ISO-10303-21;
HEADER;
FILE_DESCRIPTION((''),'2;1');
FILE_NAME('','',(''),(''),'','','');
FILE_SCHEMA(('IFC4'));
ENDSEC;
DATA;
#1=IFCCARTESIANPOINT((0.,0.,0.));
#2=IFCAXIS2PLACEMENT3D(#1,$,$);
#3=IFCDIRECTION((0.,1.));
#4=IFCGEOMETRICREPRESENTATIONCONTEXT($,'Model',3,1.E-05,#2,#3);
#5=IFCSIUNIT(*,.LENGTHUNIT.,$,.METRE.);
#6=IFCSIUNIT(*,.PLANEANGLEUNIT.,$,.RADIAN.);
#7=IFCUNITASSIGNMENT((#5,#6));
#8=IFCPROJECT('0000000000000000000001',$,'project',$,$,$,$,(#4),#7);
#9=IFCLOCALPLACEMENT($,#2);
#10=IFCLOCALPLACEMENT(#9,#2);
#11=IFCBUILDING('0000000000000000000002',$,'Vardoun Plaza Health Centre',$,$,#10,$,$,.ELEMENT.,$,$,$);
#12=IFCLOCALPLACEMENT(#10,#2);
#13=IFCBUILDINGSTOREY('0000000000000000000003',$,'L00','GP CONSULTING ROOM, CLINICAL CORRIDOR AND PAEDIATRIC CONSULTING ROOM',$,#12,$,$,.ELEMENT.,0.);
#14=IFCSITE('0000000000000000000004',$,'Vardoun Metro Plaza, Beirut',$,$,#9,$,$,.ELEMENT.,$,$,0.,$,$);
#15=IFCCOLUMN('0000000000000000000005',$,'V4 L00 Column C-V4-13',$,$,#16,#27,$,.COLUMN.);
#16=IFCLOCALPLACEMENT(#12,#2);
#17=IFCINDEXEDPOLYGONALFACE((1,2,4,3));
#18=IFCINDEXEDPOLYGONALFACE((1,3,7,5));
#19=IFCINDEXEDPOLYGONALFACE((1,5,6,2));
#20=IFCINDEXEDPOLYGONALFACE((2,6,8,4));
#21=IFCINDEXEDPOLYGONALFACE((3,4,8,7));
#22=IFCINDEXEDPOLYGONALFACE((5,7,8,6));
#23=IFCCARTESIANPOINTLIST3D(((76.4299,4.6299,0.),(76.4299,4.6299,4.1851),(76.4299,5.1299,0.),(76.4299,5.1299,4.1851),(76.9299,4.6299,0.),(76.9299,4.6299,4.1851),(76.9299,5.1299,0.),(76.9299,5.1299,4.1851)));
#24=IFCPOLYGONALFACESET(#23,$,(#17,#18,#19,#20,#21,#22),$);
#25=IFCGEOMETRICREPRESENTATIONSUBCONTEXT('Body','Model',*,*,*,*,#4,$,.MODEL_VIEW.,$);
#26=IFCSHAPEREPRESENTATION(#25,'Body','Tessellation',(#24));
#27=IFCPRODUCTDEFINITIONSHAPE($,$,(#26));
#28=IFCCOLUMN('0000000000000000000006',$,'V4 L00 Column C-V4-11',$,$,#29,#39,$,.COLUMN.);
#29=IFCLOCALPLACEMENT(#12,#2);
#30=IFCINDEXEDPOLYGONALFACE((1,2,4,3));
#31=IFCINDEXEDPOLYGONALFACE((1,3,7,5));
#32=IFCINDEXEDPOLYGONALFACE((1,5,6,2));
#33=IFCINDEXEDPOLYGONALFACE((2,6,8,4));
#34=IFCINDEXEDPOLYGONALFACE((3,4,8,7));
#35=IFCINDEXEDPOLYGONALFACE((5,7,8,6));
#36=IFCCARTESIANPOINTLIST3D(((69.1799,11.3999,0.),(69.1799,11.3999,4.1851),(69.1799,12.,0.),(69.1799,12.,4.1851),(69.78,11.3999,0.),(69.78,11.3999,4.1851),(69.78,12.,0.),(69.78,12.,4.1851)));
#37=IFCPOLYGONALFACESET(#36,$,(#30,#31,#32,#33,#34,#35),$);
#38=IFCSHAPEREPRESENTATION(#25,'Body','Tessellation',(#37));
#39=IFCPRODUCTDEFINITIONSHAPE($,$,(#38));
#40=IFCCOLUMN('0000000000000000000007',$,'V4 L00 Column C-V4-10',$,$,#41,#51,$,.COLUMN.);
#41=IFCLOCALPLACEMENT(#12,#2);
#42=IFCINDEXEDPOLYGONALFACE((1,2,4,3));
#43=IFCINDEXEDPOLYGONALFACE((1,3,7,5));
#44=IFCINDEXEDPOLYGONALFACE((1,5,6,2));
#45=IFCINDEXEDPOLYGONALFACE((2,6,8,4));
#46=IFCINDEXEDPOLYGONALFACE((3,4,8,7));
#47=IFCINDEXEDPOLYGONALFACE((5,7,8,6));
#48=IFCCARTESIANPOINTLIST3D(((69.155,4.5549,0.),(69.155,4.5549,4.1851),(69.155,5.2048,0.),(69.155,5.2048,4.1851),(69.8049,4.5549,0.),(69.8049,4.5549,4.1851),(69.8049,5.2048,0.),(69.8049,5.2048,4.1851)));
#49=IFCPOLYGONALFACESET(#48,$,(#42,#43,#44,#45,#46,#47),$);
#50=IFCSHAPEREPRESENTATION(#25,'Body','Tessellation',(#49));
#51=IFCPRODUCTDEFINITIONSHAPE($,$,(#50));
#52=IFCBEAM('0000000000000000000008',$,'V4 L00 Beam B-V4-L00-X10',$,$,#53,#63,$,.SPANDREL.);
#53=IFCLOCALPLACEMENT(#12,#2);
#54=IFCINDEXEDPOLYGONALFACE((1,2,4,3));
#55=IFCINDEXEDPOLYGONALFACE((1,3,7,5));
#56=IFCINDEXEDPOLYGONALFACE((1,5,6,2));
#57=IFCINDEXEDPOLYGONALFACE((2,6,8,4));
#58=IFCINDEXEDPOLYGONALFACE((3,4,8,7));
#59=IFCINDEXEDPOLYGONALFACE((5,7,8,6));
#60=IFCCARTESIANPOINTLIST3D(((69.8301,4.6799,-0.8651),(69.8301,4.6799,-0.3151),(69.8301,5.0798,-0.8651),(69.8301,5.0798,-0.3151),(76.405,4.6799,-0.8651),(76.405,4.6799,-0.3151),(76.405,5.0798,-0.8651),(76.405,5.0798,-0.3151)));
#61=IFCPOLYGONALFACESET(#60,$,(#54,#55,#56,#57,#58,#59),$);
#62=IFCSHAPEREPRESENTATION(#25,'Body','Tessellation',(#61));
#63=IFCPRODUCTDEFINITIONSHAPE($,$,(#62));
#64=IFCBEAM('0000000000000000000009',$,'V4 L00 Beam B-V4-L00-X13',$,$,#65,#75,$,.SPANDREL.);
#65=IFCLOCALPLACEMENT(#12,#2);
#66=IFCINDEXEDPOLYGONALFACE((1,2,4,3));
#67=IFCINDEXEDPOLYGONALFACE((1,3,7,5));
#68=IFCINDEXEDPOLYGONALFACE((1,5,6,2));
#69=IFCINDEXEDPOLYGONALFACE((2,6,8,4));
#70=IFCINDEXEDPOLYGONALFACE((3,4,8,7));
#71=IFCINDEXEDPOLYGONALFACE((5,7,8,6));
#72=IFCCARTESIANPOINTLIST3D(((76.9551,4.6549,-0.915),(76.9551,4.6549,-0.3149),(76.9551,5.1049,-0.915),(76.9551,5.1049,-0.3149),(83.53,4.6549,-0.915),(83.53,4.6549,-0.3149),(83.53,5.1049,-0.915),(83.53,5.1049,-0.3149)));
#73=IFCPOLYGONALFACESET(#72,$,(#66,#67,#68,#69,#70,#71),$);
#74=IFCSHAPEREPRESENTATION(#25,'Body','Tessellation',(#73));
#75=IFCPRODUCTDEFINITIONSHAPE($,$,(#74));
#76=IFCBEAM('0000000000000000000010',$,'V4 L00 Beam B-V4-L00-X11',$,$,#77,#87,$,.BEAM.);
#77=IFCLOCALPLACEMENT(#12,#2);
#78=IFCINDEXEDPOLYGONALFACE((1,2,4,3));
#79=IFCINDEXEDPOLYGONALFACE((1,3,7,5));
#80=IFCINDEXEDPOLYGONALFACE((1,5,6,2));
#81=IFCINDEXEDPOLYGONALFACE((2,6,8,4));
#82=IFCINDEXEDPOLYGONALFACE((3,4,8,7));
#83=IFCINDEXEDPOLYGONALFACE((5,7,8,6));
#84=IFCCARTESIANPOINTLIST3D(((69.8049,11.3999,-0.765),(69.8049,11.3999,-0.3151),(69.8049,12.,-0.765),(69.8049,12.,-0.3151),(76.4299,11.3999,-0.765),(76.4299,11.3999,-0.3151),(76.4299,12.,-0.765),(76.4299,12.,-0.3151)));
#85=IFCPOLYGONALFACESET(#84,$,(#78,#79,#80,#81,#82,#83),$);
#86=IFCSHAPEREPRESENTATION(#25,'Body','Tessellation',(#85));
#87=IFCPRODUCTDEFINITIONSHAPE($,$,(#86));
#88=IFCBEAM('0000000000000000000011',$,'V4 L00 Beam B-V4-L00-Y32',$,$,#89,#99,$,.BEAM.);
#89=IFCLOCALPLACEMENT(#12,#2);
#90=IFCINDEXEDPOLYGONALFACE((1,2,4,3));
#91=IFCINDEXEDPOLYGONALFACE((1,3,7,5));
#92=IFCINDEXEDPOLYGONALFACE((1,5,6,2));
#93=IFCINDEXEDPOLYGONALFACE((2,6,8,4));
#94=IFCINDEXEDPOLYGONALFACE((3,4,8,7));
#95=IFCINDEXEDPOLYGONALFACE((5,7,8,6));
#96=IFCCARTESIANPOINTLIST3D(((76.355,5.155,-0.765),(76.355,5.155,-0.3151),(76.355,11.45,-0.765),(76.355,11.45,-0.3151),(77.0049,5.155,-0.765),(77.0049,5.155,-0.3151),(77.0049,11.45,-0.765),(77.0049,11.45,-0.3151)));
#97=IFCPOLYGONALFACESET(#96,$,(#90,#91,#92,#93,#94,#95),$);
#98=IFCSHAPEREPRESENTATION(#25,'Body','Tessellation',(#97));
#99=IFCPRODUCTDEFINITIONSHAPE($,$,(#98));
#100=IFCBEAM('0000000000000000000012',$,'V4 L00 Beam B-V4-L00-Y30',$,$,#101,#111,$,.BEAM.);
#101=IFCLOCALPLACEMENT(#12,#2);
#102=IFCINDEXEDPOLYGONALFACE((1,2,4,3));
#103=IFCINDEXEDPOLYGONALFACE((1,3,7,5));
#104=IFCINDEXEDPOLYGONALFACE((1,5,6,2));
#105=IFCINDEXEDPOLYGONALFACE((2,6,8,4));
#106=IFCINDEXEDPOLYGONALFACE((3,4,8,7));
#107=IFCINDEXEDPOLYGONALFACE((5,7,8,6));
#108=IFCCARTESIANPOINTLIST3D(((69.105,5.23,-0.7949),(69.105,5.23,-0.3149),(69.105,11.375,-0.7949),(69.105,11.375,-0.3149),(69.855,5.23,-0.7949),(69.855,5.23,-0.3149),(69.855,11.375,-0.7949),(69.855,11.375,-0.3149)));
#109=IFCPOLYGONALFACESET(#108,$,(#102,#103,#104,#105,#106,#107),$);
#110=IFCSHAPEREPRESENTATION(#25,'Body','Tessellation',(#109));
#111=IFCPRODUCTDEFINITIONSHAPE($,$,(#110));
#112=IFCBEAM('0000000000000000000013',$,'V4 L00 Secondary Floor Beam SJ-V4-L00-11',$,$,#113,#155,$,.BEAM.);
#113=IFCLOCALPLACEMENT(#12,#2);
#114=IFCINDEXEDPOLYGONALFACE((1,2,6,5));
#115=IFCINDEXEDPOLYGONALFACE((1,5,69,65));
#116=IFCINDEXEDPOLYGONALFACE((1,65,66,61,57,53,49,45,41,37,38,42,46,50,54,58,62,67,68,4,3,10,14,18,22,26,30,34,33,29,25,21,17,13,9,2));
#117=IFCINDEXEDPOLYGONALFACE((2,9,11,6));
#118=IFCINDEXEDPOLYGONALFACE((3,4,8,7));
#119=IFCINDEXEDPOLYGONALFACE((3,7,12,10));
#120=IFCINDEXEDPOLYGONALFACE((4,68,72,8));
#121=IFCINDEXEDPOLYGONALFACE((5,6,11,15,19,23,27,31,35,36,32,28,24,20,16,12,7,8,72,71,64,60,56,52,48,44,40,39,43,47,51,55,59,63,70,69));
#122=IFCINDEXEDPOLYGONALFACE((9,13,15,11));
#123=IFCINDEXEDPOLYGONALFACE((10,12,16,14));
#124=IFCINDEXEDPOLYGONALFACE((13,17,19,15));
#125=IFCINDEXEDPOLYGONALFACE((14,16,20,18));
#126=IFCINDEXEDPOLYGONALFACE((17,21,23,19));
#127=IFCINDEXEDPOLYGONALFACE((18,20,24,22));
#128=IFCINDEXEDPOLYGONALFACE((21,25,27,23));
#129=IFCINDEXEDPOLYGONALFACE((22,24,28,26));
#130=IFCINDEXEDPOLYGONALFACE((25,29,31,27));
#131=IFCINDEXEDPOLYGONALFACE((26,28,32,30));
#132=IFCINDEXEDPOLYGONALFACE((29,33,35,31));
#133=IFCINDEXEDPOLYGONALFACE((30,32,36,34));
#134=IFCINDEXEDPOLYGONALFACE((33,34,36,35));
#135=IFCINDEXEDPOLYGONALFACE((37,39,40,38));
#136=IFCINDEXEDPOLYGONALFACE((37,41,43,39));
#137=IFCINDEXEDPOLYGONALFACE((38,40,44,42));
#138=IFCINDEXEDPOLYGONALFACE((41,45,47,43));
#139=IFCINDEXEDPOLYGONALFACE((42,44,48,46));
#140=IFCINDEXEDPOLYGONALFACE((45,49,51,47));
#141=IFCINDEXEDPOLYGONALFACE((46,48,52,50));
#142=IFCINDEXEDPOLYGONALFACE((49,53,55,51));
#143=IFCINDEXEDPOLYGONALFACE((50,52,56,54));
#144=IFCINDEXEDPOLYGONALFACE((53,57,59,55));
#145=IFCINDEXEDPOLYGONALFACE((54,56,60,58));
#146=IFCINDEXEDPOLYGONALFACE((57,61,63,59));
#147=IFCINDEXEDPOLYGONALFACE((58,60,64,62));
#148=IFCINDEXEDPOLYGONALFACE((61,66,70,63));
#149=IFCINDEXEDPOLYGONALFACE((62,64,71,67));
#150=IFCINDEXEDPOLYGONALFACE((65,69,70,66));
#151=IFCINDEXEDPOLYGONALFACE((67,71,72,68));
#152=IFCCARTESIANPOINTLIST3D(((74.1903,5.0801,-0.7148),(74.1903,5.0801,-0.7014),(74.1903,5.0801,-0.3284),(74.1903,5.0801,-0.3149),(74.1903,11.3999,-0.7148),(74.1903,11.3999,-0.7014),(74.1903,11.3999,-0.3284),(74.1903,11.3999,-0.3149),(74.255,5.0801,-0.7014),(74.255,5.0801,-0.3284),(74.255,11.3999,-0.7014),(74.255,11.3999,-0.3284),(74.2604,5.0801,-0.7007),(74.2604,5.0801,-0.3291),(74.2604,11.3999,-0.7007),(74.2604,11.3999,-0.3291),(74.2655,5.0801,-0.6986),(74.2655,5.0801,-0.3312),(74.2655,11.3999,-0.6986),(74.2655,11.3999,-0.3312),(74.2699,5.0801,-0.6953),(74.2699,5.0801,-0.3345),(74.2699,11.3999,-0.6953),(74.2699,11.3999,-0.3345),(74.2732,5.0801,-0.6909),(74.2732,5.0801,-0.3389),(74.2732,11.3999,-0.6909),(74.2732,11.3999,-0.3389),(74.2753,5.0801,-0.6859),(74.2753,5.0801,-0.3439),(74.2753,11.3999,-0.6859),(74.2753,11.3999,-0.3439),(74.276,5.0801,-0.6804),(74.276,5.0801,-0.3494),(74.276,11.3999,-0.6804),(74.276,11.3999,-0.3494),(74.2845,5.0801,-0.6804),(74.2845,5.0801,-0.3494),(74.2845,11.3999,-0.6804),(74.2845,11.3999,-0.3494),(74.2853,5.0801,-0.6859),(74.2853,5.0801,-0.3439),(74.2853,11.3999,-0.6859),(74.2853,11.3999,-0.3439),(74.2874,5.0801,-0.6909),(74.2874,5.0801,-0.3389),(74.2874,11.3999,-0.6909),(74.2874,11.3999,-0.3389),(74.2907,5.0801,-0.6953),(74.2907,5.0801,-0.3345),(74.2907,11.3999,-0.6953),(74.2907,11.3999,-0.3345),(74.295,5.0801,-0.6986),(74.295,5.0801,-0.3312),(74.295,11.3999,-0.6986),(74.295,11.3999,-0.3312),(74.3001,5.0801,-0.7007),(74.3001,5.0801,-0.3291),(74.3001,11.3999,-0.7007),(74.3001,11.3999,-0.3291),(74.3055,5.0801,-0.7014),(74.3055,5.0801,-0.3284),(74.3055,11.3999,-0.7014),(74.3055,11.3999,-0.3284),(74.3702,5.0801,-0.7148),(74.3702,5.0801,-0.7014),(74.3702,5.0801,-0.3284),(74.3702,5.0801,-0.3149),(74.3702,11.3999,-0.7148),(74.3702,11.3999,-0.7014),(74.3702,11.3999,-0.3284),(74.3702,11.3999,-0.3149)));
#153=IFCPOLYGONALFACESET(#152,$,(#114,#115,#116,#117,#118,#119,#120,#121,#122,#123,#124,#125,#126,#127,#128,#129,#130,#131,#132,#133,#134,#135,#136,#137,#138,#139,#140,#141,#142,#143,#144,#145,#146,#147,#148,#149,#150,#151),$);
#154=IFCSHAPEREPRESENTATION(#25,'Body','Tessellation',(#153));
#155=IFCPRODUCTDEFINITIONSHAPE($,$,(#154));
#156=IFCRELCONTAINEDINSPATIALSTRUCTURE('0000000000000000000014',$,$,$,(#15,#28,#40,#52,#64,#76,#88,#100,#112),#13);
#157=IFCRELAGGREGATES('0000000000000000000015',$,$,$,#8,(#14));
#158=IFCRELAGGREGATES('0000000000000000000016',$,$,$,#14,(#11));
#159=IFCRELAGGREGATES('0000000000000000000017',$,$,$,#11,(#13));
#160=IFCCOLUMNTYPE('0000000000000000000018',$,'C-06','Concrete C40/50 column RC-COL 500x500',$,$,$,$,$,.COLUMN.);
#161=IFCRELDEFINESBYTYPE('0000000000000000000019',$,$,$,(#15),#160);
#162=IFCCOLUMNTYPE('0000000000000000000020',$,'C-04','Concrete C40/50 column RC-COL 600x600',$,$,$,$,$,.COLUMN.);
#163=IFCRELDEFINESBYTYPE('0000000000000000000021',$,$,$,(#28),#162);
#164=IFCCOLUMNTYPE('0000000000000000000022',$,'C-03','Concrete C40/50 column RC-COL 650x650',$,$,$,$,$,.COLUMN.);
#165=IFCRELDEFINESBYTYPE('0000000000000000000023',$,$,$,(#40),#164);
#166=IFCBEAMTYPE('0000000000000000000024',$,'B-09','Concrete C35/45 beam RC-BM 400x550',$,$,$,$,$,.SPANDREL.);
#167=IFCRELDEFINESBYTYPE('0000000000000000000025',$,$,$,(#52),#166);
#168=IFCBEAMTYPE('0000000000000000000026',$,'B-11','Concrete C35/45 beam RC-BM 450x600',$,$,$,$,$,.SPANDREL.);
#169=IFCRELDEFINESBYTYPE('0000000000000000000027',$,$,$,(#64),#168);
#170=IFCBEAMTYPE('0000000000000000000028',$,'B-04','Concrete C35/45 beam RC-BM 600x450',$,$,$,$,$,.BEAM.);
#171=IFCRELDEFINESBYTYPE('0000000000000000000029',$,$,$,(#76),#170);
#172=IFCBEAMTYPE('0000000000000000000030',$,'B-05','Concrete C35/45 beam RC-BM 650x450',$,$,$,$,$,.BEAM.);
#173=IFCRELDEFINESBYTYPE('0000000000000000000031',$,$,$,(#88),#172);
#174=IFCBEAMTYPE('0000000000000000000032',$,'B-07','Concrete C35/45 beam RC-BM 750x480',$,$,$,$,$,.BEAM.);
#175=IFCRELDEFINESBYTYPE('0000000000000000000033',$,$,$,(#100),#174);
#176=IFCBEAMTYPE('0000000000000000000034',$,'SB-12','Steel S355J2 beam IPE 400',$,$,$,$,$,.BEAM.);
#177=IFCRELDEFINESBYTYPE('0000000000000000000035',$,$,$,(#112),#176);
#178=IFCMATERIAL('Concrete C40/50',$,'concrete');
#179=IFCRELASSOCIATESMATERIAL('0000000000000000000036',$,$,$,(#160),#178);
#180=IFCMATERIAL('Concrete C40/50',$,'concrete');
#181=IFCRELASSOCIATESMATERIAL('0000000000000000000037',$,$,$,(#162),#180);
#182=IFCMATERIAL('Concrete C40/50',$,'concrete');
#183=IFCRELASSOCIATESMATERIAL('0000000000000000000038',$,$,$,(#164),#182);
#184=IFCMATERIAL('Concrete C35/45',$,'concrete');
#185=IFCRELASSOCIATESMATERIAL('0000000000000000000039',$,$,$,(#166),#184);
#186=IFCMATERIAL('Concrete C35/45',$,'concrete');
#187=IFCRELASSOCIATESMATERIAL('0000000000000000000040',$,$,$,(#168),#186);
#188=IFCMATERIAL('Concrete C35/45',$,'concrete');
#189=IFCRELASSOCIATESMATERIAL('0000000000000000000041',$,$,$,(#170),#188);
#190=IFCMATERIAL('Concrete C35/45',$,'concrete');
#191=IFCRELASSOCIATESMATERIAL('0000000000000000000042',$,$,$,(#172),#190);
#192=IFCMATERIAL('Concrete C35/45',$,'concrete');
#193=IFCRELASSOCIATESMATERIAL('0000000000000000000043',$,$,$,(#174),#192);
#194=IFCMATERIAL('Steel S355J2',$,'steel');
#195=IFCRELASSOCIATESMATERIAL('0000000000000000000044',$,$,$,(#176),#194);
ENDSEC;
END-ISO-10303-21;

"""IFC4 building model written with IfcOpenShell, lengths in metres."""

from ifc_helpers import new_model, si_unit, direction, frame, origin, origin_2d, place, context, subcontext, project, spatial, rectangle, i_section, extrude, material, material_profile, profile_set, type_object, element, save


model = new_model("IFC4")

# Units and contexts
model_context = context("Model", 3, precision=1e-05, world=origin(), true_north=direction((0.0, 1.0)))
body_context = subcontext(model_context, "Body", "Model", "MODEL_VIEW")
ifc_project = project(units=[si_unit("LENGTHUNIT", "METRE"), si_unit("PLANEANGLEUNIT", "RADIAN")], contexts=[model_context])

# Site, building, storey
site_placement = place(None, origin())
site = spatial("IfcSite", under=ifc_project, at=site_placement, Name="Vardoun Metro Plaza, Beirut", CompositionType="ELEMENT", RefElevation=0.0)
building_placement = place(site_placement, origin())
building = spatial("IfcBuilding", under=site, at=building_placement, Name="Vardoun Plaza Health Centre", CompositionType="ELEMENT")
storey_placement = place(building_placement, origin())
storey = spatial("IfcBuildingStorey", under=building, at=storey_placement, Name="L00", Description="GP CONSULTING ROOM, CLINICAL CORRIDOR AND PAEDIATRIC CONSULTING ROOM", CompositionType="ELEMENT", Elevation=0.0)

# Columns
ifc_material_1 = material(Name="Concrete C40/50", Category="concrete")
ifc_material_profile_1 = material_profile(ifc_material_1, rectangle(XDim=0.5, YDim=0.5, at=origin_2d()), Name="RC-COL 500x500")
ifc_profile_set_1 = profile_set([ifc_material_profile_1], Name="Concrete C40/50")
column_type_1 = type_object("IfcColumnType", Name="C-06", Description="Concrete C40/50 column RC-COL 500x500", PredefinedType="COLUMN", material=ifc_profile_set_1)
column_1_placement = place(storey_placement, frame((76.6799, 4.8799, 0.0), z_axis=(0.0, 0.0, 1.0), x_axis=(1.0, 0.0, 0.0)))
element("IfcColumn", 1, at=column_1_placement, inside=storey, type_object=column_type_1, Name="V4 L00 Column C-V4-13", PredefinedType="COLUMN", context=body_context, shape_type="SweptSolid", body=[
    extrude(rectangle(XDim=0.5, YDim=0.5, at=origin_2d()), origin(), (0.0, 0.0, 1.0), 4.1851),
])
ifc_material_2 = material(Name="Concrete C40/50", Category="concrete")
ifc_material_profile_2 = material_profile(ifc_material_2, rectangle(XDim=0.6001, YDim=0.6001, at=origin_2d()), Name="RC-COL 600x600")
ifc_profile_set_2 = profile_set([ifc_material_profile_2], Name="Concrete C40/50")
column_type_2 = type_object("IfcColumnType", Name="C-04", Description="Concrete C40/50 column RC-COL 600x600", PredefinedType="COLUMN", material=ifc_profile_set_2)
column_2_placement = place(storey_placement, frame((69.48, 11.7, 0.0), z_axis=(0.0, 0.0, 1.0), x_axis=(1.0, 0.0, 0.0)))
element("IfcColumn", 2, at=column_2_placement, inside=storey, type_object=column_type_2, Name="V4 L00 Column C-V4-11", PredefinedType="COLUMN", context=body_context, shape_type="SweptSolid", body=[
    extrude(rectangle(XDim=0.6001, YDim=0.6001, at=origin_2d()), origin(), (0.0, 0.0, 1.0), 4.1851),
])
ifc_material_3 = material(Name="Concrete C40/50", Category="concrete")
ifc_material_profile_3 = material_profile(ifc_material_3, rectangle(XDim=0.6499, YDim=0.6499, at=origin_2d()), Name="RC-COL 650x650")
ifc_profile_set_3 = profile_set([ifc_material_profile_3], Name="Concrete C40/50")
column_type_3 = type_object("IfcColumnType", Name="C-03", Description="Concrete C40/50 column RC-COL 650x650", PredefinedType="COLUMN", material=ifc_profile_set_3)
column_3_placement = place(storey_placement, frame((69.48, 4.8799, 0.0), z_axis=(0.0, 0.0, 1.0), x_axis=(1.0, 0.0, 0.0)))
element("IfcColumn", 3, at=column_3_placement, inside=storey, type_object=column_type_3, Name="V4 L00 Column C-V4-10", PredefinedType="COLUMN", context=body_context, shape_type="SweptSolid", body=[
    extrude(rectangle(XDim=0.6499, YDim=0.6499, at=origin_2d()), origin(), (0.0, 0.0, 1.0), 4.1851),
])

# Beams
ifc_material_4 = material(Name="Concrete C35/45", Category="concrete")
ifc_material_profile_4 = material_profile(ifc_material_4, rectangle(XDim=0.3999, YDim=0.55, at=origin_2d()), Name="RC-BM 400x550")
ifc_profile_set_4 = profile_set([ifc_material_profile_4], Name="Concrete C35/45")
beam_type_1 = type_object("IfcBeamType", Name="B-09", Description="Concrete C35/45 beam RC-BM 400x550", PredefinedType="SPANDREL", material=ifc_profile_set_4)
beam_1_placement = place(storey_placement, frame((69.8301, 4.8799, -0.5901), z_axis=(1.0, 0.0, 0.0), x_axis=(0.0, 1.0, 0.0)))
element("IfcBeam", 4, at=beam_1_placement, inside=storey, type_object=beam_type_1, Name="V4 L00 Beam B-V4-L00-X10", PredefinedType="SPANDREL", context=body_context, shape_type="SweptSolid", body=[
    extrude(rectangle(XDim=0.3999, YDim=0.55, at=origin_2d()), origin(), (0.0, 0.0, 1.0), 6.575),
])
ifc_material_5 = material(Name="Concrete C35/45", Category="concrete")
ifc_material_profile_5 = material_profile(ifc_material_5, rectangle(XDim=0.45, YDim=0.6001, at=origin_2d()), Name="RC-BM 450x600")
ifc_profile_set_5 = profile_set([ifc_material_profile_5], Name="Concrete C35/45")
beam_type_2 = type_object("IfcBeamType", Name="B-11", Description="Concrete C35/45 beam RC-BM 450x600", PredefinedType="SPANDREL", material=ifc_profile_set_5)
beam_2_placement = place(storey_placement, frame((76.9551, 4.8799, -0.615), z_axis=(1.0, 0.0, 0.0), x_axis=(0.0, 1.0, 0.0)))
element("IfcBeam", 5, at=beam_2_placement, inside=storey, type_object=beam_type_2, Name="V4 L00 Beam B-V4-L00-X13", PredefinedType="SPANDREL", context=body_context, shape_type="SweptSolid", body=[
    extrude(rectangle(XDim=0.45, YDim=0.6001, at=origin_2d()), origin(), (0.0, 0.0, 1.0), 6.575),
])
ifc_material_6 = material(Name="Concrete C35/45", Category="concrete")
ifc_material_profile_6 = material_profile(ifc_material_6, rectangle(XDim=0.6001, YDim=0.45, at=origin_2d()), Name="RC-BM 600x450")
ifc_profile_set_6 = profile_set([ifc_material_profile_6], Name="Concrete C35/45")
beam_type_3 = type_object("IfcBeamType", Name="B-04", Description="Concrete C35/45 beam RC-BM 600x450", PredefinedType="BEAM", material=ifc_profile_set_6)
beam_3_placement = place(storey_placement, frame((69.8049, 11.7, -0.54), z_axis=(1.0, 0.0, 0.0), x_axis=(0.0, 1.0, 0.0)))
element("IfcBeam", 6, at=beam_3_placement, inside=storey, type_object=beam_type_3, Name="V4 L00 Beam B-V4-L00-X11", PredefinedType="BEAM", context=body_context, shape_type="SweptSolid", body=[
    extrude(rectangle(XDim=0.6001, YDim=0.45, at=origin_2d()), origin(), (0.0, 0.0, 1.0), 6.625),
])
ifc_material_7 = material(Name="Concrete C35/45", Category="concrete")
ifc_material_profile_7 = material_profile(ifc_material_7, rectangle(XDim=0.6499, YDim=0.45, at=origin_2d()), Name="RC-BM 650x450")
ifc_profile_set_7 = profile_set([ifc_material_profile_7], Name="Concrete C35/45")
beam_type_4 = type_object("IfcBeamType", Name="B-05", Description="Concrete C35/45 beam RC-BM 650x450", PredefinedType="BEAM", material=ifc_profile_set_7)
beam_4_placement = place(storey_placement, frame((76.6799, 5.155, -0.54), z_axis=(0.0, 1.0, 0.0), x_axis=(-1.0, 0.0, 0.0)))
element("IfcBeam", 7, at=beam_4_placement, inside=storey, type_object=beam_type_4, Name="V4 L00 Beam B-V4-L00-Y32", PredefinedType="BEAM", context=body_context, shape_type="SweptSolid", body=[
    extrude(rectangle(XDim=0.6499, YDim=0.45, at=origin_2d()), origin(), (0.0, 0.0, 1.0), 6.2949),
])
ifc_material_8 = material(Name="Concrete C35/45", Category="concrete")
ifc_material_profile_8 = material_profile(ifc_material_8, rectangle(XDim=0.75, YDim=0.48, at=origin_2d()), Name="RC-BM 750x480")
ifc_profile_set_8 = profile_set([ifc_material_profile_8], Name="Concrete C35/45")
beam_type_5 = type_object("IfcBeamType", Name="B-07", Description="Concrete C35/45 beam RC-BM 750x480", PredefinedType="BEAM", material=ifc_profile_set_8)
beam_5_placement = place(storey_placement, frame((69.48, 5.23, -0.5549), z_axis=(0.0, 1.0, 0.0), x_axis=(-1.0, 0.0, 0.0)))
element("IfcBeam", 8, at=beam_5_placement, inside=storey, type_object=beam_type_5, Name="V4 L00 Beam B-V4-L00-Y30", PredefinedType="BEAM", context=body_context, shape_type="SweptSolid", body=[
    extrude(rectangle(XDim=0.75, YDim=0.48, at=origin_2d()), origin(), (0.0, 0.0, 1.0), 6.145),
])
ifc_material_9 = material(Name="Steel S355J2", Category="steel")
ifc_material_profile_9 = material_profile(ifc_material_9, i_section(OverallWidth=0.1799, OverallDepth=0.3999, WebThickness=0.0085, FlangeThickness=0.0134, FilletRadius=0.021, at=origin_2d()), Name="IPE 400")
ifc_profile_set_9 = profile_set([ifc_material_profile_9], Name="Steel S355J2")
beam_type_6 = type_object("IfcBeamType", Name="SB-12", Description="Steel S355J2 beam IPE 400", PredefinedType="BEAM", material=ifc_profile_set_9)
beam_6_placement = place(storey_placement, frame((74.2803, 5.0801, -0.5149), z_axis=(0.0, 1.0, 0.0), x_axis=(-1.0, 0.0, 0.0)))
element("IfcBeam", 9, at=beam_6_placement, inside=storey, type_object=beam_type_6, Name="V4 L00 Secondary Floor Beam SJ-V4-L00-11", PredefinedType="BEAM", context=body_context, shape_type="SweptSolid", body=[
    extrude(i_section(OverallWidth=0.1799, OverallDepth=0.3999, WebThickness=0.0085, FlangeThickness=0.0134, FilletRadius=0.021, at=origin_2d()), origin(), (0.0, 0.0, 1.0), 6.3198),
])

save(model, "model.ifc")
